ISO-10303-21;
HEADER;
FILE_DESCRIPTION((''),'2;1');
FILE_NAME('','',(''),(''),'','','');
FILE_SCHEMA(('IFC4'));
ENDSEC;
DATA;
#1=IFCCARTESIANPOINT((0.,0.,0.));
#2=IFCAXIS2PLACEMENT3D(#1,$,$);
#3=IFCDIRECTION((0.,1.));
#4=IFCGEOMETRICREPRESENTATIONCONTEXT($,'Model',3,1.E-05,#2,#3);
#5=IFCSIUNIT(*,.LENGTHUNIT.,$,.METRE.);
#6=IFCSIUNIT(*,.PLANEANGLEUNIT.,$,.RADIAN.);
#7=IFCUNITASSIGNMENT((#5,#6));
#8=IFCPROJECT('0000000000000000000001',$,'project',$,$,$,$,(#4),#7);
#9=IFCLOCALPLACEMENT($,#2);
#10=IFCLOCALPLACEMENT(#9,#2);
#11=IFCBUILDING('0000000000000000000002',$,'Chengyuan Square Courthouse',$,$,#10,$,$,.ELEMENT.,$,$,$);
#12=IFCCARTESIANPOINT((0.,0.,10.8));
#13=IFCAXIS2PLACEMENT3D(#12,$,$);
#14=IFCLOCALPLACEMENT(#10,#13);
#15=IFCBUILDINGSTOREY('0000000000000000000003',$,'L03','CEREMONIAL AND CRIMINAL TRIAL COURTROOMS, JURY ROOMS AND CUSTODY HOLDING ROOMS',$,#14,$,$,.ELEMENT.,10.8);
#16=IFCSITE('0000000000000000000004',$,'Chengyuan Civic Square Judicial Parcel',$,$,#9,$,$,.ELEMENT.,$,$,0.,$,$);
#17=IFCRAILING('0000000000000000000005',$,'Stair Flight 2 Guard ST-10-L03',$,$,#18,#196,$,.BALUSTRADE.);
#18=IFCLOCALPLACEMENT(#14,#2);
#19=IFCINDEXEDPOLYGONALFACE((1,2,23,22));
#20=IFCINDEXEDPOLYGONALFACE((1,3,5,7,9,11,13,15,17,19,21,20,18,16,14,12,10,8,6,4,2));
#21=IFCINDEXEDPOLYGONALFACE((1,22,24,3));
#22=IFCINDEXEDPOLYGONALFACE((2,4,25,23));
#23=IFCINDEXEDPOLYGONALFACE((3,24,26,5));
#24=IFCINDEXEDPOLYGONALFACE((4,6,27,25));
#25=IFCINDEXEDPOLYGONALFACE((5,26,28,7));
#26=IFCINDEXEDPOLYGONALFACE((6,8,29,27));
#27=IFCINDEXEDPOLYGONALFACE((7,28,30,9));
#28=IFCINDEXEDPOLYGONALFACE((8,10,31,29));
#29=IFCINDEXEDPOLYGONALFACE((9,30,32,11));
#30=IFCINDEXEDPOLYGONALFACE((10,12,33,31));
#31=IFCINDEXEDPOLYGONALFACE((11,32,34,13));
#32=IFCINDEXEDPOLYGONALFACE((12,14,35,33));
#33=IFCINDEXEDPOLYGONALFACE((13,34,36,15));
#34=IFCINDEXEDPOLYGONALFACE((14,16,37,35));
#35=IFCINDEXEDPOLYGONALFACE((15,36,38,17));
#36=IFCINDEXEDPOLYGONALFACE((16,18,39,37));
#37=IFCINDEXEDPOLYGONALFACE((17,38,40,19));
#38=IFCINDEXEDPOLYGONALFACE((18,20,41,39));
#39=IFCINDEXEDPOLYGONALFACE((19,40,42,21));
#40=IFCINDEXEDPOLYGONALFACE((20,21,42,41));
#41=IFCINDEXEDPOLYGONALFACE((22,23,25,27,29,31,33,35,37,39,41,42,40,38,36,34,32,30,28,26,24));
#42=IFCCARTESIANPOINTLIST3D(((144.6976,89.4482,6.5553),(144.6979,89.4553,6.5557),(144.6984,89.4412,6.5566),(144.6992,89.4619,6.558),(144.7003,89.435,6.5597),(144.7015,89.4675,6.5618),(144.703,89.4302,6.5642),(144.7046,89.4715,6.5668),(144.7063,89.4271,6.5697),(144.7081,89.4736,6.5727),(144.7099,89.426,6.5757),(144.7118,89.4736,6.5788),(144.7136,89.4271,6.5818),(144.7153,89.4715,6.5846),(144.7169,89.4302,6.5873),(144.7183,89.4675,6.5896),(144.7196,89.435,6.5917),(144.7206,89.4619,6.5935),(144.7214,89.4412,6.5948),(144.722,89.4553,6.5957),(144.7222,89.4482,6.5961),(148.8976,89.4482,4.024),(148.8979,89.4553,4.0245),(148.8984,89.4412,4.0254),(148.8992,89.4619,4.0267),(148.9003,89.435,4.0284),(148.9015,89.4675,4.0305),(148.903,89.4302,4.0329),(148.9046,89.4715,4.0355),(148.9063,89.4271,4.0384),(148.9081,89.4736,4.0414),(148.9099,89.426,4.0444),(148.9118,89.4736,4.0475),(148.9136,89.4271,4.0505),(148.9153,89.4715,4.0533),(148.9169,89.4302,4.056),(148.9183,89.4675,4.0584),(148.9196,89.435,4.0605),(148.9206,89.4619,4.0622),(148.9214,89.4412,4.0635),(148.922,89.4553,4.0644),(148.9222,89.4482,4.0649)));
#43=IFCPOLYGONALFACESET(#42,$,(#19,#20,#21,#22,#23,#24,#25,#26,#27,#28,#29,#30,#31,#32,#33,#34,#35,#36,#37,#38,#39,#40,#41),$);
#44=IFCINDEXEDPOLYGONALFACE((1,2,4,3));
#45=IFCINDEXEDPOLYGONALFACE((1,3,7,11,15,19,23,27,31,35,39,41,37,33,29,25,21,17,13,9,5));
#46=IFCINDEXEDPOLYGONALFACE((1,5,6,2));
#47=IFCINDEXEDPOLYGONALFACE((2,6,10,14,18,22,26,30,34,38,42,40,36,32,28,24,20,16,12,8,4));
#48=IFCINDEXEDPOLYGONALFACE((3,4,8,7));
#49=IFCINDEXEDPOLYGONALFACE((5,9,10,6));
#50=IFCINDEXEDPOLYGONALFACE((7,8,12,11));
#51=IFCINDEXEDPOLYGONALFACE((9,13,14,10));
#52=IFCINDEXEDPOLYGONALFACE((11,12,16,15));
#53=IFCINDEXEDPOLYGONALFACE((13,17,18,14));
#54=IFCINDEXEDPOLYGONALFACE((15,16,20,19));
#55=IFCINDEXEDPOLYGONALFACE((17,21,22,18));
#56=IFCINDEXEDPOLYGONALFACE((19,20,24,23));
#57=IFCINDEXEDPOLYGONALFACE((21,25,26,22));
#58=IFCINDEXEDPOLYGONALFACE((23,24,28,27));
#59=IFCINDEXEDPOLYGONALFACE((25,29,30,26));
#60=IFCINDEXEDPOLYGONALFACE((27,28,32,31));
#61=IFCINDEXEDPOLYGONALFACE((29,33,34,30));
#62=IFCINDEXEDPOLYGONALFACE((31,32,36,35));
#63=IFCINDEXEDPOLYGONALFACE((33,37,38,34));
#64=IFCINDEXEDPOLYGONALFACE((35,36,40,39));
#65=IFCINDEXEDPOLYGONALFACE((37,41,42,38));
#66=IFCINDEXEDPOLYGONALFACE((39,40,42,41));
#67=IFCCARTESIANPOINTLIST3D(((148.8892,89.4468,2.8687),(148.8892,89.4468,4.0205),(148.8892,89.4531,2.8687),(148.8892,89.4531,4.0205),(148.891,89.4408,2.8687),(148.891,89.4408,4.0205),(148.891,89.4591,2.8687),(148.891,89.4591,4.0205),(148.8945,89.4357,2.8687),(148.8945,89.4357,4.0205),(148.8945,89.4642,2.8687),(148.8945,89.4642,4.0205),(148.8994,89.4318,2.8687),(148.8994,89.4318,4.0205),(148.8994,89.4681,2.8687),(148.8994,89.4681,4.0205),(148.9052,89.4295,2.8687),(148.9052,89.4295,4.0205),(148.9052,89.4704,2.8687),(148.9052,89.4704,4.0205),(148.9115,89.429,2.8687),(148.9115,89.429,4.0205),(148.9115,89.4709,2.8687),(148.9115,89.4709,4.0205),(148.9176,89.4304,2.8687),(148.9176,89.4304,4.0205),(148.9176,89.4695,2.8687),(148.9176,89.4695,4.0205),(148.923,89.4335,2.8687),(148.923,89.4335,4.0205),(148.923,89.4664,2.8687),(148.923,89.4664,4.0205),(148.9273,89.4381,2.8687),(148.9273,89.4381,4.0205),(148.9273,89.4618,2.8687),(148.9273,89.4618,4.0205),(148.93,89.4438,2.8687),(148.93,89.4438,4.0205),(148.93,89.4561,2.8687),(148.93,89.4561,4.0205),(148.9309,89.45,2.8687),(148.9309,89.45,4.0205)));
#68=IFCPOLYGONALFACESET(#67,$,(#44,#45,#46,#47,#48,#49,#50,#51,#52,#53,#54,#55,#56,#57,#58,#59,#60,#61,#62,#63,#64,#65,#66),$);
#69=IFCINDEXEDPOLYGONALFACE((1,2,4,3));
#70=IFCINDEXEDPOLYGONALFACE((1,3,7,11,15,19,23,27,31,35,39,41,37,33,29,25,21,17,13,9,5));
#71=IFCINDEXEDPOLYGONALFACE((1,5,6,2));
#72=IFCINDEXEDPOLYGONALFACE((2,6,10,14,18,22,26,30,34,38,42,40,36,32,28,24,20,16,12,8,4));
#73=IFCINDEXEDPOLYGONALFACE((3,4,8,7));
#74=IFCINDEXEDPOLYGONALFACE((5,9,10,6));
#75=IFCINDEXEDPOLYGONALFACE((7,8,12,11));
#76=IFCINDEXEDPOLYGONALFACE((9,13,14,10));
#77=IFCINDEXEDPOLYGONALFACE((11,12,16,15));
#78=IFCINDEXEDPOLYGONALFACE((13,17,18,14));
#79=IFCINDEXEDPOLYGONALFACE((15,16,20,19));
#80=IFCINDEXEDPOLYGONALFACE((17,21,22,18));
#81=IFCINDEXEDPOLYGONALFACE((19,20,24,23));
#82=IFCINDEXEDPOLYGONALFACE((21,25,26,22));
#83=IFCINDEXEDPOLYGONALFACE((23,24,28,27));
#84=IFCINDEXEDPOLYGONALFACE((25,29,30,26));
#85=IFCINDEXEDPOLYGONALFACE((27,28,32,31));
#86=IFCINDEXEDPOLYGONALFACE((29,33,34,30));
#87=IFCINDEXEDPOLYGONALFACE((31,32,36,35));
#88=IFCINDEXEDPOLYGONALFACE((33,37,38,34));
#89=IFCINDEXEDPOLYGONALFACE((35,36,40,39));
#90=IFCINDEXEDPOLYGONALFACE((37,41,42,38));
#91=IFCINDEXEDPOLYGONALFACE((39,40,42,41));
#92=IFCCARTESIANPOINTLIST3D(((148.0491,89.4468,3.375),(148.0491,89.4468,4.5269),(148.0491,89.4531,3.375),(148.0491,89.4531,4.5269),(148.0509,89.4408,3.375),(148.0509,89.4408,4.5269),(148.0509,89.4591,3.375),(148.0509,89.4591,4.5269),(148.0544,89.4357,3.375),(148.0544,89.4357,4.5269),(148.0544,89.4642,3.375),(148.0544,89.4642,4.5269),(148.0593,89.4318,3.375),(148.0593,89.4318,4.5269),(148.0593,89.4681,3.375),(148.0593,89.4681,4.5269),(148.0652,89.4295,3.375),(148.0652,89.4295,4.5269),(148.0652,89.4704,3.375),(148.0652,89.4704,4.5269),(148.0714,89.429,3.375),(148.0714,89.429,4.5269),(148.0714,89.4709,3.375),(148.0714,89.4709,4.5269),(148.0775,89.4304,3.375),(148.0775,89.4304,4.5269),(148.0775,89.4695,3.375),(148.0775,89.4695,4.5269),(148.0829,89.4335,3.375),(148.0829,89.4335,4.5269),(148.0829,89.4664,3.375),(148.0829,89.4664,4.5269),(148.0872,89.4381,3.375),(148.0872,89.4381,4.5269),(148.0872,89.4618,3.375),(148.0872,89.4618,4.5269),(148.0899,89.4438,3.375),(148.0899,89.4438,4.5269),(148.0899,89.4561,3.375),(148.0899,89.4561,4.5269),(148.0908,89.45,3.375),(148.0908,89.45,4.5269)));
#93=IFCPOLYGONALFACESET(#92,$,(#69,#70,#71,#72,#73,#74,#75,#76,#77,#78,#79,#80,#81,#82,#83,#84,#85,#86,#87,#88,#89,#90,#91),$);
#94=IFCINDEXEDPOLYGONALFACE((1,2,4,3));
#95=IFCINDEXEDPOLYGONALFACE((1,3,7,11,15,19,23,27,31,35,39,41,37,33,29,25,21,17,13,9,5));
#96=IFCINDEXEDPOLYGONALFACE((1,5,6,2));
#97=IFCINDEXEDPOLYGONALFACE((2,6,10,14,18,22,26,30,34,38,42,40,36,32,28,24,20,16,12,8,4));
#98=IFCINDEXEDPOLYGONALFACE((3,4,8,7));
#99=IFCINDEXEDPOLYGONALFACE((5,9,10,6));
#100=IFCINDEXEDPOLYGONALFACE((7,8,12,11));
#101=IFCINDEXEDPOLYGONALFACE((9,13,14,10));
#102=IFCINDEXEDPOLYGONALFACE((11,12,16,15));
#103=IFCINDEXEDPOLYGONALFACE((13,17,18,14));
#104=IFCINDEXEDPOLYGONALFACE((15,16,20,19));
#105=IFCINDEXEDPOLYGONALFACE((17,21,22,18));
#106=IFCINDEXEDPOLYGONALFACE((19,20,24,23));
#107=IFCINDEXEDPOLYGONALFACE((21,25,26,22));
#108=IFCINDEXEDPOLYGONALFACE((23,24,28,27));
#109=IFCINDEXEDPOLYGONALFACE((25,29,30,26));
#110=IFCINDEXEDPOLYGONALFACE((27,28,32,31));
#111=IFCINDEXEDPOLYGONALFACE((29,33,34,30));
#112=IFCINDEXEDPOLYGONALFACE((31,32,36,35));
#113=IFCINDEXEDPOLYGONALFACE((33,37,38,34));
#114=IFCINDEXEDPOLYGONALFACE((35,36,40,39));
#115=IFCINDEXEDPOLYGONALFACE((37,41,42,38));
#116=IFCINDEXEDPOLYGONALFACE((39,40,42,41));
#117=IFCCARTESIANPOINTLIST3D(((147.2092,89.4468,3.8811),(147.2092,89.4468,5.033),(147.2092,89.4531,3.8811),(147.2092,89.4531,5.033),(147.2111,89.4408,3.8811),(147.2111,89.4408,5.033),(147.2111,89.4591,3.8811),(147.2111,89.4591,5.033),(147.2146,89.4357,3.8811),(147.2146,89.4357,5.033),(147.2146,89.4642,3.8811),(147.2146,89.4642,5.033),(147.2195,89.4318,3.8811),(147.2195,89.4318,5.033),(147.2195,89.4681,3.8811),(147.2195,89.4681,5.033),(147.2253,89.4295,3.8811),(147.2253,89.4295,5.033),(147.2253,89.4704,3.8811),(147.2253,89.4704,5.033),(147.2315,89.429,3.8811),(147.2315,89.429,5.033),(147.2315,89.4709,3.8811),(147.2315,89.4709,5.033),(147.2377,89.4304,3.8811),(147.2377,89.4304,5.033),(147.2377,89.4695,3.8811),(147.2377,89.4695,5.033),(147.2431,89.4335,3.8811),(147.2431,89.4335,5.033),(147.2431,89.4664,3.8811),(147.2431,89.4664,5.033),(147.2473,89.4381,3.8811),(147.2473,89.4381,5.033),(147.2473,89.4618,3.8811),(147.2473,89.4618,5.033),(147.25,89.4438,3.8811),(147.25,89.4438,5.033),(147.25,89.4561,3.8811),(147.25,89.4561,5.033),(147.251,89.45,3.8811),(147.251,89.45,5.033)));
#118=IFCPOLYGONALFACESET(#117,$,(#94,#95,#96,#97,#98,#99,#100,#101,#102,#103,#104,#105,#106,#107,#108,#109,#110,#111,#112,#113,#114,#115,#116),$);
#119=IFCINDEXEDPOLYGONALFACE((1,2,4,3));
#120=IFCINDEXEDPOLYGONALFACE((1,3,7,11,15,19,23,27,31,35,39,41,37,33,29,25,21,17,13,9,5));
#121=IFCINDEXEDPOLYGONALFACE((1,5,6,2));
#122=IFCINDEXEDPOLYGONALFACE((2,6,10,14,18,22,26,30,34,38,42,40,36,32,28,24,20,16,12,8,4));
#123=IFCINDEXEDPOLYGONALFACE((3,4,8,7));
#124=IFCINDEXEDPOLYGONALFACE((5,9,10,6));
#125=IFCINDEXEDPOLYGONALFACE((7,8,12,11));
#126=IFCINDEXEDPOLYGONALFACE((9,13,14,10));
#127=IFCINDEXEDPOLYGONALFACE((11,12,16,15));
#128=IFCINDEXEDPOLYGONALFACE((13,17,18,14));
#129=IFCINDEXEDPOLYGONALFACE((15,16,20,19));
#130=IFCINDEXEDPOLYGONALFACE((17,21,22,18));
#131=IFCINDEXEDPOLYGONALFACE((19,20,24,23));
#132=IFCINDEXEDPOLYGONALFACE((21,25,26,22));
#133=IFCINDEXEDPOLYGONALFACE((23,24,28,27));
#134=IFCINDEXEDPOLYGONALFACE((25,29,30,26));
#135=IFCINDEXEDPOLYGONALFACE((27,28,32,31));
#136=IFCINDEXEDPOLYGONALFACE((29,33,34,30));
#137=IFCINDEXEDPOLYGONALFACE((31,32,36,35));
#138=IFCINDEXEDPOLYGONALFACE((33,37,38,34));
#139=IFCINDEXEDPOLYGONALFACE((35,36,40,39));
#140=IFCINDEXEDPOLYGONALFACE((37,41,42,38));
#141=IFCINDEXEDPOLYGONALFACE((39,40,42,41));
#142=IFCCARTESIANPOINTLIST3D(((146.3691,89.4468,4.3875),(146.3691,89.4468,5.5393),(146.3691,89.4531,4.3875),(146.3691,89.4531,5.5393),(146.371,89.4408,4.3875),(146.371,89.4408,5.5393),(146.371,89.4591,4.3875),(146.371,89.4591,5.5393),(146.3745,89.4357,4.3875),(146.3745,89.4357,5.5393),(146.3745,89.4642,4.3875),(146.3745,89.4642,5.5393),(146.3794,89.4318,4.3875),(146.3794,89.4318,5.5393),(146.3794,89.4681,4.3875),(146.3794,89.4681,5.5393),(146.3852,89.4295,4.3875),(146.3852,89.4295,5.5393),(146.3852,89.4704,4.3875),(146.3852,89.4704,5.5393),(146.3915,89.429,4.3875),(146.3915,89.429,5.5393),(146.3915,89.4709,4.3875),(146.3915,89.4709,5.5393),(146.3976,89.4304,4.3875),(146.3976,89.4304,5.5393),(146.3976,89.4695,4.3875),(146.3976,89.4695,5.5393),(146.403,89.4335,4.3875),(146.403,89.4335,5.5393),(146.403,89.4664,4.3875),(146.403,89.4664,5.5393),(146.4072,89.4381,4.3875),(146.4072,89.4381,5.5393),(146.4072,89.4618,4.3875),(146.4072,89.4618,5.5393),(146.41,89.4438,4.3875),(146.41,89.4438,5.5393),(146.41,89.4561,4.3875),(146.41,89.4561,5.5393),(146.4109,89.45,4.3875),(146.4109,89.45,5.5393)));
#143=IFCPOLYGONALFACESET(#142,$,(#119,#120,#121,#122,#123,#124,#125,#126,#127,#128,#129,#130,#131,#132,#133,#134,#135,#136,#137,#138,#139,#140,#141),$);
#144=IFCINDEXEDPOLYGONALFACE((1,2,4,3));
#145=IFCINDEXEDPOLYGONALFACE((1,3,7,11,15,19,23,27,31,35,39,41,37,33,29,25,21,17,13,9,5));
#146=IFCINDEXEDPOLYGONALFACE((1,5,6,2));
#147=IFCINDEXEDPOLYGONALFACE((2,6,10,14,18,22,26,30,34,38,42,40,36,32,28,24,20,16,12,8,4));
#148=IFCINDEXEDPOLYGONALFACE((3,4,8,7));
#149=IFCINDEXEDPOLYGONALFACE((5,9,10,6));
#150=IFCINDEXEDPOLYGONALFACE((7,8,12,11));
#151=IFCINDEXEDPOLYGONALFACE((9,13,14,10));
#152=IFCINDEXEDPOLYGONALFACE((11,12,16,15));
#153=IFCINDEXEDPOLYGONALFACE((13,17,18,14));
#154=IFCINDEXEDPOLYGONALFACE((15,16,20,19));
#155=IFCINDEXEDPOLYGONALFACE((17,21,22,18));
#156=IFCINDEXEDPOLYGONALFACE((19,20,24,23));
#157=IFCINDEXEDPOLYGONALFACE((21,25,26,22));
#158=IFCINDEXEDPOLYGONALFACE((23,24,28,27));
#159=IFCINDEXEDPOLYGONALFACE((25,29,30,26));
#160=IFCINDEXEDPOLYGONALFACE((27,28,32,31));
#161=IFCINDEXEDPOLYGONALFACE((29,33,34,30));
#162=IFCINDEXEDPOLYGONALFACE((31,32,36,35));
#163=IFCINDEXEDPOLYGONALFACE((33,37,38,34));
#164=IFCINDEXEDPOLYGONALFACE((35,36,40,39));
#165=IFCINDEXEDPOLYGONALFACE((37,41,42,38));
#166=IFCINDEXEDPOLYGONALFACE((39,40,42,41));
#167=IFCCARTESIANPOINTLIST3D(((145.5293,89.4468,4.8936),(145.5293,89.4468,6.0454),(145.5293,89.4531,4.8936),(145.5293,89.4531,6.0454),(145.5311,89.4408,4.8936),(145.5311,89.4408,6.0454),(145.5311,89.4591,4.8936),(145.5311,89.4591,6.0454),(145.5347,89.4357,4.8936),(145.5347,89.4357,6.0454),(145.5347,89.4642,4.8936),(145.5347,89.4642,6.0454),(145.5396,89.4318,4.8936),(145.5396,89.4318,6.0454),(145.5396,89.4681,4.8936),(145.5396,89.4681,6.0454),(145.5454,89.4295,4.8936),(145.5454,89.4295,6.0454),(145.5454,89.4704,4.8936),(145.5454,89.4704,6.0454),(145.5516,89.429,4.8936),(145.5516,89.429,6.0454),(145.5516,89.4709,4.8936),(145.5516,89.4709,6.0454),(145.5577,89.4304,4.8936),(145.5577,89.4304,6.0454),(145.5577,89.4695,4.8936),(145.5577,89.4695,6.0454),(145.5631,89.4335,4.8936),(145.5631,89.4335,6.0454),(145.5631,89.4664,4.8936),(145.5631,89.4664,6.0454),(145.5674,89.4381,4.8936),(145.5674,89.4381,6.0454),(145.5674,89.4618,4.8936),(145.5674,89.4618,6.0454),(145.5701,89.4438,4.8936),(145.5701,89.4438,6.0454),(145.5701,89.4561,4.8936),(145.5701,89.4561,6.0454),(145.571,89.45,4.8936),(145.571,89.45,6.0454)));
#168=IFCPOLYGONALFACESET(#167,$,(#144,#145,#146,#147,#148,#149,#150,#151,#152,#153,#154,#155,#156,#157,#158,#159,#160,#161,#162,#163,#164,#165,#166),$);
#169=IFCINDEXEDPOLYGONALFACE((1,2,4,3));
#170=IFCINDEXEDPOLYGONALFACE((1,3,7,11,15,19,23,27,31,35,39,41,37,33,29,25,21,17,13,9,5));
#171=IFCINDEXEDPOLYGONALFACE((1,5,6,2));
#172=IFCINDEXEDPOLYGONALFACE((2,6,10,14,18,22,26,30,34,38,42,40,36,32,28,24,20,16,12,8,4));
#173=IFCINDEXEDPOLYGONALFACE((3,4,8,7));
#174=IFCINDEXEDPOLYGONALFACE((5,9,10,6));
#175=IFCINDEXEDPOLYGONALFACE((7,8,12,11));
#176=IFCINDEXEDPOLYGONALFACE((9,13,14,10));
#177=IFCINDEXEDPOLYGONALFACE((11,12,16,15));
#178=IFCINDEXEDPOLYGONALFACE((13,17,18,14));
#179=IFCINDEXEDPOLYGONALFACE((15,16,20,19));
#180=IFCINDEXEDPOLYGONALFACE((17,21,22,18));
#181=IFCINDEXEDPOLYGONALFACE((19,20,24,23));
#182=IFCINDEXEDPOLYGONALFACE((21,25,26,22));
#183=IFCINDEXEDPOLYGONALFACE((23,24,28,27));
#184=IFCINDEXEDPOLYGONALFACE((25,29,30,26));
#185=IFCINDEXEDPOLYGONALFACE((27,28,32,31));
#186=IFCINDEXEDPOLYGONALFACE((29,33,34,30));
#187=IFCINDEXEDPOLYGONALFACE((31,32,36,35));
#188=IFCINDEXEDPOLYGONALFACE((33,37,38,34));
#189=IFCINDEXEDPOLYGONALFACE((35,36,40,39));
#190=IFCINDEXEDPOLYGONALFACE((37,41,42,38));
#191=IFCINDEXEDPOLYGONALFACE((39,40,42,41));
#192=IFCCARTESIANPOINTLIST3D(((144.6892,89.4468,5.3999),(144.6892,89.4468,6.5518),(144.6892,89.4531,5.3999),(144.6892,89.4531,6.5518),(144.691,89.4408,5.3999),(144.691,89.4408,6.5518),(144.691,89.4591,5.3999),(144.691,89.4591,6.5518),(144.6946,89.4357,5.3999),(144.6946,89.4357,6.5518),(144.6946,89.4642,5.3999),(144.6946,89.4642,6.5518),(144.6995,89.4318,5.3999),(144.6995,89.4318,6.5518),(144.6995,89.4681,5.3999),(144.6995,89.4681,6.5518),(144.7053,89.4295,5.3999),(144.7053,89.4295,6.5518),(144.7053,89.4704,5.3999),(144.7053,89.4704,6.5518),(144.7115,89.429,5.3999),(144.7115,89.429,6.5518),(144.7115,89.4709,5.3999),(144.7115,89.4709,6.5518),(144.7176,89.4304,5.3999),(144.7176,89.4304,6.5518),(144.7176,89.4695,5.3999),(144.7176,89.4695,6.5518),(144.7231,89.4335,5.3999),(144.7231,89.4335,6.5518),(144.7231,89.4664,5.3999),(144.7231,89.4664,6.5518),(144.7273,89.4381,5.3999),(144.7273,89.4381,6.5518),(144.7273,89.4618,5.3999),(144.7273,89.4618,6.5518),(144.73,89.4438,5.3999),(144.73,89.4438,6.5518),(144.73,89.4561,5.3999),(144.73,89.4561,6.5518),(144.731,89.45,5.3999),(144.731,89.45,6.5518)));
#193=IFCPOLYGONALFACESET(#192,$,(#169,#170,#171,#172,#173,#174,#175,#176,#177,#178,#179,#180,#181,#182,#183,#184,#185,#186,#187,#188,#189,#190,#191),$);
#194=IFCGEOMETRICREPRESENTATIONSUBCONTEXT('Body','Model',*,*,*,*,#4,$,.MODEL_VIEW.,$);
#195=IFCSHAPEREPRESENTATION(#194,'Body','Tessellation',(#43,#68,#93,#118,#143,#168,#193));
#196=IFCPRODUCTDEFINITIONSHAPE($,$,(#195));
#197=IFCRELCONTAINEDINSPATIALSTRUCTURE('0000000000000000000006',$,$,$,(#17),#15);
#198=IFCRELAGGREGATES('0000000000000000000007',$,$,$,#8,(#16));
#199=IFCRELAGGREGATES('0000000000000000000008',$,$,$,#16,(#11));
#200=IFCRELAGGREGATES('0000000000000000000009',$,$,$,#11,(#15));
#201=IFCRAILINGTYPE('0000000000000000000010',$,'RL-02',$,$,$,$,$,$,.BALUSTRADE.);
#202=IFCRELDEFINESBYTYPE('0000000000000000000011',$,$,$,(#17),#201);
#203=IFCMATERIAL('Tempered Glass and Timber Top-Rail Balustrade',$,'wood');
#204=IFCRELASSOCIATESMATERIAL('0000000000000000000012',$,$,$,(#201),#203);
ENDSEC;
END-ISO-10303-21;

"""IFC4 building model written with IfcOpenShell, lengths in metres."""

from ifc_helpers import new_model, si_unit, direction, frame, origin, origin_2d, place, context, subcontext, project, spatial, circle, extrude, material, type_object, element, save


model = new_model("IFC4")

# Units and contexts
model_context = context("Model", 3, precision=1e-05, world=origin(), true_north=direction((0.0, 1.0)))
body_context = subcontext(model_context, "Body", "Model", "MODEL_VIEW")
ifc_project = project(units=[si_unit("LENGTHUNIT", "METRE"), si_unit("PLANEANGLEUNIT", "RADIAN")], contexts=[model_context])

# Site, building, storey
site_placement = place(None, origin())
site = spatial("IfcSite", under=ifc_project, at=site_placement, Name="Chengyuan Civic Square Judicial Parcel", CompositionType="ELEMENT", RefElevation=0.0)
building_placement = place(site_placement, origin())
building = spatial("IfcBuilding", under=site, at=building_placement, Name="Chengyuan Square Courthouse", CompositionType="ELEMENT")
storey_placement = place(building_placement, frame((0.0, 0.0, 10.8)))
storey = spatial("IfcBuildingStorey", under=building, at=storey_placement, Name="L03", Description="CEREMONIAL AND CRIMINAL TRIAL COURTROOMS, JURY ROOMS AND CUSTODY HOLDING ROOMS", CompositionType="ELEMENT", Elevation=10.8)

# Railing
ifc_material_1 = material(Name="Tempered Glass and Timber Top-Rail Balustrade", Category="wood")
railing_type_1 = type_object("IfcRailingType", Name="RL-02", PredefinedType="BALUSTRADE", material=ifc_material_1)
railing_1_placement = place(storey_placement, frame((148.9099, 89.45, 2.8687)))
element("IfcRailing", 1, at=railing_1_placement, inside=storey, type_object=railing_type_1, Name="Stair Flight 2 Guard ST-10-L03", PredefinedType="BALUSTRADE", context=body_context, shape_type="SweptSolid", body=[
    extrude(circle(Radius=0.0239, at=origin_2d()), frame((0.0, 0.0, 1.1758), z_axis=(-0.856476, 0.0, 0.516186), x_axis=(0.0, -1.0, 0.0)), (0.0, 0.0, 1.0), 4.9038),
    extrude(circle(Radius=0.021, at=origin_2d()), origin(), (0.0, 0.0, 1.0), 1.1519),
    extrude(circle(Radius=0.021, at=origin_2d()), frame((-0.8401, 0.0, 0.5063)), (0.0, 0.0, 1.0), 1.1519),
    extrude(circle(Radius=0.021, at=origin_2d()), frame((-1.6799, 0.0, 1.0125)), (0.0, 0.0, 1.0), 1.1519),
    extrude(circle(Radius=0.021, at=origin_2d()), frame((-2.52, 0.0, 1.5188)), (0.0, 0.0, 1.0), 1.1519),
    extrude(circle(Radius=0.021, at=origin_2d()), frame((-3.3599, 0.0, 2.0249)), (0.0, 0.0, 1.0), 1.1519),
    extrude(circle(Radius=0.021, at=origin_2d()), frame((-4.2, 0.0, 2.5312)), (0.0, 0.0, 1.0), 1.1519),
])

save(model, "model.ifc")
